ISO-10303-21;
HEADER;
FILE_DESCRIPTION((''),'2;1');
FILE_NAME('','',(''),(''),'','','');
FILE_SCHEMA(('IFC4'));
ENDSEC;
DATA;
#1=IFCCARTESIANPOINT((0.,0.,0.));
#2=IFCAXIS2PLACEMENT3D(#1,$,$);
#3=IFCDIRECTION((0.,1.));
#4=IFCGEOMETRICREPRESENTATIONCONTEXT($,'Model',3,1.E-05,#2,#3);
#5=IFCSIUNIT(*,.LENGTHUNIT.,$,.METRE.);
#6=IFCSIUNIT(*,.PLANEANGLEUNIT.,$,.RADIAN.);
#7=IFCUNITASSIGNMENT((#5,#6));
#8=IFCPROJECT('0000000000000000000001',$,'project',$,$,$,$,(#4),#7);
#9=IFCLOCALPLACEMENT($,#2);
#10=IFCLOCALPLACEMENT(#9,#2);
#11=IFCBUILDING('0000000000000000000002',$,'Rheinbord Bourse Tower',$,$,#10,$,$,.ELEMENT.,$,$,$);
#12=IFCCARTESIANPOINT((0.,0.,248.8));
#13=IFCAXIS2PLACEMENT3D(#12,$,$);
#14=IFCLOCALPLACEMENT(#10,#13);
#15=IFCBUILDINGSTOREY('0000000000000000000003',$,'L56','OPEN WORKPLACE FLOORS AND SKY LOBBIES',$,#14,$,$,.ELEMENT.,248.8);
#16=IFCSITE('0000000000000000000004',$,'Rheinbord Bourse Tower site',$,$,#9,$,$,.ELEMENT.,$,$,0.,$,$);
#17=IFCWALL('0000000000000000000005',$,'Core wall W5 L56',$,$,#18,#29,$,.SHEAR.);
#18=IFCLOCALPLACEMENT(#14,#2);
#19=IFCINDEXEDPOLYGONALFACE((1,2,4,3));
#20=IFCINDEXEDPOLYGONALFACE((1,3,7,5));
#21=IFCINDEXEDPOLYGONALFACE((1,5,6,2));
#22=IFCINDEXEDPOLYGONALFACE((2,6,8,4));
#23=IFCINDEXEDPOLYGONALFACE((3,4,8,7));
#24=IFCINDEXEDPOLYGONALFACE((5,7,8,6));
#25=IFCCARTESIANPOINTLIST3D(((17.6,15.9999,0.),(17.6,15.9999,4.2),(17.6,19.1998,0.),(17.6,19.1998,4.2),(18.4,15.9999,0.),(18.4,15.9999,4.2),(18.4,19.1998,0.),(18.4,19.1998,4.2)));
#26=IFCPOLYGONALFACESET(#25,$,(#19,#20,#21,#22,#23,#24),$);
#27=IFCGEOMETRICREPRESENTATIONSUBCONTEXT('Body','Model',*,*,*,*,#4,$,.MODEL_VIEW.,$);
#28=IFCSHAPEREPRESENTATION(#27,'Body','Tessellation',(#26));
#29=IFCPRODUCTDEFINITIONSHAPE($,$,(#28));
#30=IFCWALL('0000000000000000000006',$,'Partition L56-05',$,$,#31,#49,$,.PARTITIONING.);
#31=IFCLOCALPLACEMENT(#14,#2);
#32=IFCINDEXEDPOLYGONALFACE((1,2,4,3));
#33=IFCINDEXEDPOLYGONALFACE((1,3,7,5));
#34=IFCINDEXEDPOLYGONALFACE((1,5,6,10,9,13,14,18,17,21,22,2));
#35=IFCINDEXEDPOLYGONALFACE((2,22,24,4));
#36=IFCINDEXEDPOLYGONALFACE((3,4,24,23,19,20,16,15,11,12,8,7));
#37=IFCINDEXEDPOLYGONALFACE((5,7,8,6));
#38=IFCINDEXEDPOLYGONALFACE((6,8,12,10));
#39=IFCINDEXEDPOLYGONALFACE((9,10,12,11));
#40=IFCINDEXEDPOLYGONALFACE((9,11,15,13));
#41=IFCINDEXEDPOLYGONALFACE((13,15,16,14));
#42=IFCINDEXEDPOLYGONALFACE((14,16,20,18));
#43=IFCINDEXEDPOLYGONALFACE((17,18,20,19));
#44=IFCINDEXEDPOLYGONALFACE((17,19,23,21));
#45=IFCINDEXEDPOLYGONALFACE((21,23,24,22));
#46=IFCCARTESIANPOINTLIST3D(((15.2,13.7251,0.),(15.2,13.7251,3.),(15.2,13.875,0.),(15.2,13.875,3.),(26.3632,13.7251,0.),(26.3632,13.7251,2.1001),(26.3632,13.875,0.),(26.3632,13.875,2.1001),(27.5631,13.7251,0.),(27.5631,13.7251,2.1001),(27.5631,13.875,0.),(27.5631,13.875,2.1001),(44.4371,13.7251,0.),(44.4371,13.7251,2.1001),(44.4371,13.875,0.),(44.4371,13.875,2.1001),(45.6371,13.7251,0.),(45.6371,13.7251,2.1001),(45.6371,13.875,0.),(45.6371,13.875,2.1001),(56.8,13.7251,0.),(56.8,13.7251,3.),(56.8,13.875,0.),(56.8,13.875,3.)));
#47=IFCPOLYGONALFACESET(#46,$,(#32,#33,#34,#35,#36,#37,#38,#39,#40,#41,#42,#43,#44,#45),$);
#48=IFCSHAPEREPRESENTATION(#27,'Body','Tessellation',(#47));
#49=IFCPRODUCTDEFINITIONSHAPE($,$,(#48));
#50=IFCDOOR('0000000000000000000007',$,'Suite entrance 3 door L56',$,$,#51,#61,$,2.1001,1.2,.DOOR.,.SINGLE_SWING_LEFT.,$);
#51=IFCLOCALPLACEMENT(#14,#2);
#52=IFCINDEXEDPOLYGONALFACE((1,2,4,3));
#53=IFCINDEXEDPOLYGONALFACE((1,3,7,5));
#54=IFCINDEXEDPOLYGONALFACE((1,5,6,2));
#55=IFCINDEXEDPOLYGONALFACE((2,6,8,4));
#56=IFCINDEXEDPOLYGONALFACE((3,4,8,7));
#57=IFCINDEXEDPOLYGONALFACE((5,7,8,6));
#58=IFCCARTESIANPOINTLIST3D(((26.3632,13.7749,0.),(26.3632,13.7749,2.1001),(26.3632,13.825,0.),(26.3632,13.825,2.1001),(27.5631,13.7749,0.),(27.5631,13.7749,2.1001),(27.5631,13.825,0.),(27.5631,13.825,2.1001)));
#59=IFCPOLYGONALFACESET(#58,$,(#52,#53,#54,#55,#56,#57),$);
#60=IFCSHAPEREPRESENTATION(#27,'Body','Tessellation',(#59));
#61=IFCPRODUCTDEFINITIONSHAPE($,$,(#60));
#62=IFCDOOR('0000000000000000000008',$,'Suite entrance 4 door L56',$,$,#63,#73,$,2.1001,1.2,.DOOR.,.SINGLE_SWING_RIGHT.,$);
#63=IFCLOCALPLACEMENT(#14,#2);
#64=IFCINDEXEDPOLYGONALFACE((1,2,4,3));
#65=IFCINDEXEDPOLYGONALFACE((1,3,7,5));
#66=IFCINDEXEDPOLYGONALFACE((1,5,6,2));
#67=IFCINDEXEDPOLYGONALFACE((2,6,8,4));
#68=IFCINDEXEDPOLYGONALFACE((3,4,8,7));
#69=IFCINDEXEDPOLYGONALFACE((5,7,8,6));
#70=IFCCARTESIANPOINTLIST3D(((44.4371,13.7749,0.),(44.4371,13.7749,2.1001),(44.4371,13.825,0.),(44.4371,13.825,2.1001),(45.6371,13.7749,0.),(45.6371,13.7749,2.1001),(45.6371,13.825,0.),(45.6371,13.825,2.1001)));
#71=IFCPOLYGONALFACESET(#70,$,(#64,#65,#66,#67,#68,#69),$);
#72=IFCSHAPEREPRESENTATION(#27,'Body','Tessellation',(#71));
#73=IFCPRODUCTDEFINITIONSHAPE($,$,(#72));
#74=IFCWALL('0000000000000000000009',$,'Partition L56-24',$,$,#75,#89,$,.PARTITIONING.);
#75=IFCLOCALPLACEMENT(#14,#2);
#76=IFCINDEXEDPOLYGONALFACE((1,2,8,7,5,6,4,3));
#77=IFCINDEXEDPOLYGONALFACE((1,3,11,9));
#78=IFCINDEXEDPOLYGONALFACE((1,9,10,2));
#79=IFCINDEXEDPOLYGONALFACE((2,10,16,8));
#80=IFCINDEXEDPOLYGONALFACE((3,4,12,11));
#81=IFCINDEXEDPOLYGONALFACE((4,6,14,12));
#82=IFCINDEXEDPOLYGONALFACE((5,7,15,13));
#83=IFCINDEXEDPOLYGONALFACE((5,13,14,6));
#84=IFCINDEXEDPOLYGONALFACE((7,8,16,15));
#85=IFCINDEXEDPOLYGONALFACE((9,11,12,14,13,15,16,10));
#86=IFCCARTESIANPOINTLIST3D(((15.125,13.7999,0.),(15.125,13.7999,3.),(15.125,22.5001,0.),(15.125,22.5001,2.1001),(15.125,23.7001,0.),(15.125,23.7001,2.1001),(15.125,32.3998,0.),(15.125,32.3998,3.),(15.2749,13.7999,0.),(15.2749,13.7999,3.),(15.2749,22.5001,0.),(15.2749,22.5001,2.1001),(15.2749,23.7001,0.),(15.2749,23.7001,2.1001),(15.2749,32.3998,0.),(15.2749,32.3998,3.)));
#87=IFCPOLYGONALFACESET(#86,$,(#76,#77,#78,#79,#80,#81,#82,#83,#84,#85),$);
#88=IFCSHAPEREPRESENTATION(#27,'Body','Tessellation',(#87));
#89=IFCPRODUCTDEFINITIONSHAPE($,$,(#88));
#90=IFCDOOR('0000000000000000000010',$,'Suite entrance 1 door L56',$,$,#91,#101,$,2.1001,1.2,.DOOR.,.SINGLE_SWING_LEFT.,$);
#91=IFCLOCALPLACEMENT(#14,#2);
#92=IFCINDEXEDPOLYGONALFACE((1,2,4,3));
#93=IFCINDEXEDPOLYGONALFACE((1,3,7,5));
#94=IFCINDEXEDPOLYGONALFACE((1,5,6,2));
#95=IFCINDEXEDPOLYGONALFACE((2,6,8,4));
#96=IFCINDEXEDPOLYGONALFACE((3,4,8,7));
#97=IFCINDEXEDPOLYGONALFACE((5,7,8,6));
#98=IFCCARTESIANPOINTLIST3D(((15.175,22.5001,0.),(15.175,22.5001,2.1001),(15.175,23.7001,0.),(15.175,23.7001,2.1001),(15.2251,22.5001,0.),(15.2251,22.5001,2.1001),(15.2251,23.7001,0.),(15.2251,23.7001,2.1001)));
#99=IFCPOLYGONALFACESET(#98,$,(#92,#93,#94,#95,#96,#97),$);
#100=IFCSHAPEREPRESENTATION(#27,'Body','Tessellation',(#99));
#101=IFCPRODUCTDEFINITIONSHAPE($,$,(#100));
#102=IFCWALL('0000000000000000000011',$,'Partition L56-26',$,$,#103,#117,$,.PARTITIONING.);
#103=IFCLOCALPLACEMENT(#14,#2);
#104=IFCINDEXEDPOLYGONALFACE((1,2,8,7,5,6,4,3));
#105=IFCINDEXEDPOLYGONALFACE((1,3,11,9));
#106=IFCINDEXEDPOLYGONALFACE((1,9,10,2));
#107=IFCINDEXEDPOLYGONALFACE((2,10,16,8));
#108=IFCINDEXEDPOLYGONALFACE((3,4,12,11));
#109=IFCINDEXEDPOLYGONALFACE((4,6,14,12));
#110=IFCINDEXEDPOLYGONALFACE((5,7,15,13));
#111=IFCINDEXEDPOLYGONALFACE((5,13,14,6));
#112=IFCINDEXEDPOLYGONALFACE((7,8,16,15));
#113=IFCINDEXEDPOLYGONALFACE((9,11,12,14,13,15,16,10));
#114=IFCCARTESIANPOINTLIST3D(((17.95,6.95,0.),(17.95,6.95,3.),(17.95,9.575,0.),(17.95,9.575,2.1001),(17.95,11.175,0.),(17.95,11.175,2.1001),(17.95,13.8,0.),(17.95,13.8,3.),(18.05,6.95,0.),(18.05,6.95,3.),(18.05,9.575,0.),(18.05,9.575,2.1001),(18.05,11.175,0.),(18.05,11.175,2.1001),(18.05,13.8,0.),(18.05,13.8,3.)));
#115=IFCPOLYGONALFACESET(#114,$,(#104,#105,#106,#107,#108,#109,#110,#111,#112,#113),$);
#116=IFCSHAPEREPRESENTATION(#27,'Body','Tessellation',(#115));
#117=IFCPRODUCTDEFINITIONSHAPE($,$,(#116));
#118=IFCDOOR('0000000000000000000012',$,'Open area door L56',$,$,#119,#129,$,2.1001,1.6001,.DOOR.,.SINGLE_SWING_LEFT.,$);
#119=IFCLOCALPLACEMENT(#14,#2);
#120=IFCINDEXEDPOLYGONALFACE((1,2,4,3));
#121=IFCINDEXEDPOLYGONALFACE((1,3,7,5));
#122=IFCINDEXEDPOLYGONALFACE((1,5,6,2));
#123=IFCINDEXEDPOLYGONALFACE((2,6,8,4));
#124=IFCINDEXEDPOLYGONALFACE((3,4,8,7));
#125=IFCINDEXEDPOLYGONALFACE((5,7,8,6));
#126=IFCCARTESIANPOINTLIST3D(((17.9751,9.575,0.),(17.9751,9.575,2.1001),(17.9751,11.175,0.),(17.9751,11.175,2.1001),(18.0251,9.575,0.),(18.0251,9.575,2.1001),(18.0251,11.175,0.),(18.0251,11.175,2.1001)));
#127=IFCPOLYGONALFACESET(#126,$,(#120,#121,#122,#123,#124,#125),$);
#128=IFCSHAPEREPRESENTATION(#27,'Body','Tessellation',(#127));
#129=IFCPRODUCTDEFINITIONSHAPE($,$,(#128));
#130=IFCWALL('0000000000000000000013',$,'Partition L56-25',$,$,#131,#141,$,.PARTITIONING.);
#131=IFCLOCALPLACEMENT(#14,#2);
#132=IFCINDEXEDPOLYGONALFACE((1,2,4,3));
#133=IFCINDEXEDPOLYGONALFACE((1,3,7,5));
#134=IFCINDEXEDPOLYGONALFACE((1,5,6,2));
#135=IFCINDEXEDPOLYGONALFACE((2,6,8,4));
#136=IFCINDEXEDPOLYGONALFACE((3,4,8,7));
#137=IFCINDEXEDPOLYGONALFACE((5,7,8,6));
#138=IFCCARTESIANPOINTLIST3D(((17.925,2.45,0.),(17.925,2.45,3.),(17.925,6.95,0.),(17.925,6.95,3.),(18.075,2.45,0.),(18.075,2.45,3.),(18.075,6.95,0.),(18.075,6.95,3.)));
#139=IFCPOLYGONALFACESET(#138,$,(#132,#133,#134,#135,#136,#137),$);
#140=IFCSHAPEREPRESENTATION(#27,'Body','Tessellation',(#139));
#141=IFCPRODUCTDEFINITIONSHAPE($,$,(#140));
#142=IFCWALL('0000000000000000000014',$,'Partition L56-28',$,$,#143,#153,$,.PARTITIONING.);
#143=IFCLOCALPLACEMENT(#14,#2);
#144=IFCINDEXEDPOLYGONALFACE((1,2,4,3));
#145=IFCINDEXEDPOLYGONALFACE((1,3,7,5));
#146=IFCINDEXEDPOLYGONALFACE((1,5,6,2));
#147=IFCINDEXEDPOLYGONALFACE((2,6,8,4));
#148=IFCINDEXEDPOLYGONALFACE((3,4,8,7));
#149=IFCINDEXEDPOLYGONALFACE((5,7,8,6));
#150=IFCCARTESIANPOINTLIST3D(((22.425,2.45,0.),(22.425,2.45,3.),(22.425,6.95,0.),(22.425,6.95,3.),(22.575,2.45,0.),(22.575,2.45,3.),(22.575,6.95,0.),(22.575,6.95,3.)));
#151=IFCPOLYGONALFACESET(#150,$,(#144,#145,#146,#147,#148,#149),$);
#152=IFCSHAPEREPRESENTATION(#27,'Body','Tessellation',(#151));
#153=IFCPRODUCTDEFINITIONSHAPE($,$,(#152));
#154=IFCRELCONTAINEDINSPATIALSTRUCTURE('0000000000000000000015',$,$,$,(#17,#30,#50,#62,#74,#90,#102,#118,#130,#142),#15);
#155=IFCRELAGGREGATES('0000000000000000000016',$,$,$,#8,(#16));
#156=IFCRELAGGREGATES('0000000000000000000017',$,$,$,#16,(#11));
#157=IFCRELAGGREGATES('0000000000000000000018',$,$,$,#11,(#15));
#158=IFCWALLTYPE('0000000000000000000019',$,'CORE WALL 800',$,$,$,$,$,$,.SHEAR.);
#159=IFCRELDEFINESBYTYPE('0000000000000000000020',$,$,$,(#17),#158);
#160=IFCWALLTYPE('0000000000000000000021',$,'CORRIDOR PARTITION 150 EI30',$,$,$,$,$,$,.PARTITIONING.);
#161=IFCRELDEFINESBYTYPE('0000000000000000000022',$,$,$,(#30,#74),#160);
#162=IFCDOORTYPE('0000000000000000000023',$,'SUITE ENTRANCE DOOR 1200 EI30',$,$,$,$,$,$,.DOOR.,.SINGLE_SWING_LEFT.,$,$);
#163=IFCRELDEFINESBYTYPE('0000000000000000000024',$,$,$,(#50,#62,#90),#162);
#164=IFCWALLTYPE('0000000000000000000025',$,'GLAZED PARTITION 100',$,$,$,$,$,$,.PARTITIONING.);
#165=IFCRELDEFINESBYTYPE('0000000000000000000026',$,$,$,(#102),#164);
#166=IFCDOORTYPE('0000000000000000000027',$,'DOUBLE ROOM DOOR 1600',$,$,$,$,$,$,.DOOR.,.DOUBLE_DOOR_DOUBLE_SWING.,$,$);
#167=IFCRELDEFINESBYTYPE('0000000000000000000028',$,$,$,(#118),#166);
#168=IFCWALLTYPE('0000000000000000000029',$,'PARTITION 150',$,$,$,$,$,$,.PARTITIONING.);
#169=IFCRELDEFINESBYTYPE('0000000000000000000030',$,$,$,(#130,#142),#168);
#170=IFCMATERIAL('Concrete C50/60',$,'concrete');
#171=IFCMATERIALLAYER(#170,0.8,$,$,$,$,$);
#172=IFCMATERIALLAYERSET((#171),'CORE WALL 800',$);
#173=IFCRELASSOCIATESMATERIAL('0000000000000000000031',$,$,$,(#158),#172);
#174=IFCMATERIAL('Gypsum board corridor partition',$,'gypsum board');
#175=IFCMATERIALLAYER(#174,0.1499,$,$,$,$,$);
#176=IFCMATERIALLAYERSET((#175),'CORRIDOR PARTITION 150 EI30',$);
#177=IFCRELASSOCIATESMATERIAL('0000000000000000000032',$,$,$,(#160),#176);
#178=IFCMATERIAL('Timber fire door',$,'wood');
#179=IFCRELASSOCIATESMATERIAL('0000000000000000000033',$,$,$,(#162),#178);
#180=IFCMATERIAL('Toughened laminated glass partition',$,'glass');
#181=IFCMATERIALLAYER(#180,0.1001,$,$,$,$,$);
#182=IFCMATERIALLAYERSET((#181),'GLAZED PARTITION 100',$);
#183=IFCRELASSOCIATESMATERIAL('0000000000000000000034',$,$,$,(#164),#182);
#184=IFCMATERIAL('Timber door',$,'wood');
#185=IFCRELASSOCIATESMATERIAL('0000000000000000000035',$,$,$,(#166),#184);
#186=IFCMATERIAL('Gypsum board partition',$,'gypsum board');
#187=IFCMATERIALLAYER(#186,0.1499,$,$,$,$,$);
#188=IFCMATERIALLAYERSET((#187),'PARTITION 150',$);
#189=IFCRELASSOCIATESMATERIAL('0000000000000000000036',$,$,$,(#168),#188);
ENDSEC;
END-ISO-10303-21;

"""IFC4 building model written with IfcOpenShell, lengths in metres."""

from ifc_helpers import new_model, si_unit, direction, frame, frame_2d, origin, place, context, subcontext, project, spatial, rectangle, extrude, material, layer, layer_set, type_object, element, fill, save


model = new_model("IFC4")

# Units and contexts
model_context = context("Model", 3, precision=1e-05, world=origin(), true_north=direction((0.0, 1.0)))
body_context = subcontext(model_context, "Body", "Model", "MODEL_VIEW")
ifc_project = project(units=[si_unit("LENGTHUNIT", "METRE"), si_unit("PLANEANGLEUNIT", "RADIAN")], contexts=[model_context])

# Site, building, storey
site_placement = place(None, origin())
site = spatial("IfcSite", under=ifc_project, at=site_placement, Name="Rheinbord Bourse Tower site", CompositionType="ELEMENT", RefElevation=0.0)
building_placement = place(site_placement, origin())
building = spatial("IfcBuilding", under=site, at=building_placement, Name="Rheinbord Bourse Tower", CompositionType="ELEMENT")
storey_placement = place(building_placement, frame((0.0, 0.0, 248.8)))
storey = spatial("IfcBuildingStorey", under=building, at=storey_placement, Name="L56", Description="OPEN WORKPLACE FLOORS AND SKY LOBBIES", CompositionType="ELEMENT", Elevation=248.8)

# Shared definitions
ifc_material_1 = material(Name="Concrete C50/60", Category="concrete")
ifc_layer_1 = layer(ifc_material_1, 0.8)
ifc_layer_set_1 = layer_set([ifc_layer_1], Name="CORE WALL 800")
wall_type_1 = type_object("IfcWallType", Name="CORE WALL 800", PredefinedType="SHEAR", material=ifc_layer_set_1)

# Wall
wall_1_placement = place(storey_placement, frame((18.0, 19.2, 0.0), z_axis=(0.0, 0.0, 1.0), x_axis=(0.0, -1.0, 0.0)))
element("IfcWall", 1, at=wall_1_placement, inside=storey, type_object=wall_type_1, Name="Core wall W5 L56", PredefinedType="SHEAR", context=body_context, shape_type="SweptSolid", body=[
    extrude(rectangle(XDim=3.2, YDim=0.8, at=frame_2d((1.6001, 0.0))), origin(), (0.0, 0.0, 1.0), 4.2),
])

# Wall, openings, doors
ifc_material_2 = material(Name="Gypsum board corridor partition", Category="gypsum board")
ifc_layer_2 = layer(ifc_material_2, 0.1499)
ifc_layer_set_2 = layer_set([ifc_layer_2], Name="CORRIDOR PARTITION 150 EI30")
wall_type_2 = type_object("IfcWallType", Name="CORRIDOR PARTITION 150 EI30", PredefinedType="PARTITIONING", material=ifc_layer_set_2)
wall_2_placement = place(storey_placement, frame((15.2, 13.8, 0.0), z_axis=(0.0, 0.0, 1.0), x_axis=(1.0, 0.0, 0.0)))
wall_2 = element("IfcWall", 2, at=wall_2_placement, inside=storey, type_object=wall_type_2, Name="Partition L56-05", PredefinedType="PARTITIONING", context=body_context, shape_type="SweptSolid", body=[
    extrude(rectangle(XDim=41.6001, YDim=0.1499, at=frame_2d((20.8, 0.0))), origin(), (0.0, 0.0, 1.0), 3.0),
])
opening_1_placement = place(wall_2_placement, frame((11.1631, 0.0, 0.0)))
opening_1 = element("IfcOpeningElement", 3, at=opening_1_placement, cuts=wall_2, PredefinedType="OPENING", context=body_context, shape_type="SweptSolid", body=[
    extrude(rectangle(XDim=1.2, YDim=2.1001, at=frame_2d((0.6001, 1.05))), frame((0.0, 0.085, 0.0), z_axis=(0.0, -1.0, 0.0), x_axis=(1.0, 0.0, 0.0)), (0.0, 0.0, 1.0), 0.1699),
])
opening_2_placement = place(wall_2_placement, frame((29.2371, 0.0, 0.0)))
opening_2 = element("IfcOpeningElement", 4, at=opening_2_placement, cuts=wall_2, PredefinedType="OPENING", context=body_context, shape_type="SweptSolid", body=[
    extrude(rectangle(XDim=1.2, YDim=2.1001, at=frame_2d((0.6001, 1.05))), frame((0.0, 0.085, 0.0), z_axis=(0.0, -1.0, 0.0), x_axis=(1.0, 0.0, 0.0)), (0.0, 0.0, 1.0), 0.1699),
])
ifc_material_3 = material(Name="Timber fire door", Category="wood")
door_type_1 = type_object("IfcDoorType", Name="SUITE ENTRANCE DOOR 1200 EI30", OperationType="SINGLE_SWING_LEFT", PredefinedType="DOOR", material=ifc_material_3)
door_1_placement = place(opening_1_placement, origin())
door_1 = element("IfcDoor", 5, at=door_1_placement, inside=storey, type_object=door_type_1, Name="Suite entrance 3 door L56", OperationType="SINGLE_SWING_LEFT", OverallHeight=2.1001, OverallWidth=1.2, PredefinedType="DOOR", context=body_context, shape_type="SweptSolid", body=[
    extrude(rectangle(XDim=1.2, YDim=2.1001, at=frame_2d((0.6001, 1.05))), frame((0.0, 0.0249, 0.0), z_axis=(0.0, -1.0, 0.0), x_axis=(1.0, 0.0, 0.0)), (0.0, 0.0, 1.0), 0.05),
])
fill(opening_1, door_1)
door_2_placement = place(opening_2_placement, origin())
door_2 = element("IfcDoor", 6, at=door_2_placement, inside=storey, type_object=door_type_1, Name="Suite entrance 4 door L56", OperationType="SINGLE_SWING_RIGHT", OverallHeight=2.1001, OverallWidth=1.2, PredefinedType="DOOR", context=body_context, shape_type="SweptSolid", body=[
    extrude(rectangle(XDim=1.2, YDim=2.1001, at=frame_2d((0.6001, 1.05))), frame((0.0, 0.0249, 0.0), z_axis=(0.0, -1.0, 0.0), x_axis=(1.0, 0.0, 0.0)), (0.0, 0.0, 1.0), 0.05),
])
fill(opening_2, door_2)

# Walls, openings, doors
wall_3_placement = place(storey_placement, frame((15.2, 13.8, 0.0), z_axis=(0.0, 0.0, 1.0), x_axis=(0.0, 1.0, 0.0)))
wall_3 = element("IfcWall", 7, at=wall_3_placement, inside=storey, type_object=wall_type_2, Name="Partition L56-24", PredefinedType="PARTITIONING", context=body_context, shape_type="SweptSolid", body=[
    extrude(rectangle(XDim=18.5999, YDim=0.1499, at=frame_2d((9.2998, 0.0))), origin(), (0.0, 0.0, 1.0), 3.0),
])
opening_3_placement = place(wall_3_placement, frame((8.7, 0.0, 0.0)))
opening_3 = element("IfcOpeningElement", 8, at=opening_3_placement, cuts=wall_3, PredefinedType="OPENING", context=body_context, shape_type="SweptSolid", body=[
    extrude(rectangle(XDim=1.2, YDim=2.1001, at=frame_2d((0.6001, 1.05))), frame((0.0, 0.085, 0.0), z_axis=(0.0, -1.0, 0.0), x_axis=(1.0, 0.0, 0.0)), (0.0, 0.0, 1.0), 0.1699),
])
door_3_placement = place(opening_3_placement, origin())
door_3 = element("IfcDoor", 9, at=door_3_placement, inside=storey, type_object=door_type_1, Name="Suite entrance 1 door L56", OperationType="SINGLE_SWING_LEFT", OverallHeight=2.1001, OverallWidth=1.2, PredefinedType="DOOR", context=body_context, shape_type="SweptSolid", body=[
    extrude(rectangle(XDim=1.2, YDim=2.1001, at=frame_2d((0.6001, 1.05))), frame((0.0, 0.0249, 0.0), z_axis=(0.0, -1.0, 0.0), x_axis=(1.0, 0.0, 0.0)), (0.0, 0.0, 1.0), 0.05),
])
fill(opening_3, door_3)
ifc_material_4 = material(Name="Toughened laminated glass partition", Category="glass")
ifc_layer_3 = layer(ifc_material_4, 0.1001)
ifc_layer_set_3 = layer_set([ifc_layer_3], Name="GLAZED PARTITION 100")
wall_type_3 = type_object("IfcWallType", Name="GLAZED PARTITION 100", PredefinedType="PARTITIONING", material=ifc_layer_set_3)
wall_4_placement = place(storey_placement, frame((18.0, 6.95, 0.0), z_axis=(0.0, 0.0, 1.0), x_axis=(0.0, 1.0, 0.0)))
wall_4 = element("IfcWall", 10, at=wall_4_placement, inside=storey, type_object=wall_type_3, Name="Partition L56-26", PredefinedType="PARTITIONING", context=body_context, shape_type="SweptSolid", body=[
    extrude(rectangle(XDim=6.8501, YDim=0.1001, at=frame_2d((3.425, 0.0))), origin(), (0.0, 0.0, 1.0), 3.0),
])
opening_4_placement = place(wall_4_placement, frame((2.625, 0.0, 0.0)))
opening_4 = element("IfcOpeningElement", 11, at=opening_4_placement, cuts=wall_4, PredefinedType="OPENING", context=body_context, shape_type="SweptSolid", body=[
    extrude(rectangle(XDim=1.6001, YDim=2.1001, at=frame_2d((0.8, 1.05))), frame((0.0, 0.0601, 0.0), z_axis=(0.0, -1.0, 0.0), x_axis=(1.0, 0.0, 0.0)), (0.0, 0.0, 1.0), 0.1201),
])
ifc_material_5 = material(Name="Timber door", Category="wood")
door_type_2 = type_object("IfcDoorType", Name="DOUBLE ROOM DOOR 1600", OperationType="DOUBLE_DOOR_DOUBLE_SWING", PredefinedType="DOOR", material=ifc_material_5)
door_4_placement = place(opening_4_placement, origin())
door_4 = element("IfcDoor", 12, at=door_4_placement, inside=storey, type_object=door_type_2, Name="Open area door L56", OperationType="SINGLE_SWING_LEFT", OverallHeight=2.1001, OverallWidth=1.6001, PredefinedType="DOOR", context=body_context, shape_type="SweptSolid", body=[
    extrude(rectangle(XDim=1.6001, YDim=2.1001, at=frame_2d((0.8, 1.05))), frame((0.0, 0.0249, 0.0), z_axis=(0.0, -1.0, 0.0), x_axis=(1.0, 0.0, 0.0)), (0.0, 0.0, 1.0), 0.05),
])
fill(opening_4, door_4)

# Walls
ifc_material_6 = material(Name="Gypsum board partition", Category="gypsum board")
ifc_layer_4 = layer(ifc_material_6, 0.1499)
ifc_layer_set_4 = layer_set([ifc_layer_4], Name="PARTITION 150")
wall_type_4 = type_object("IfcWallType", Name="PARTITION 150", PredefinedType="PARTITIONING", material=ifc_layer_set_4)
for number, where, z_axis, x_axis, name in (
    (13, (18.0, 2.45, 0.0), (0.0, 0.0, 1.0), (0.0, 1.0, 0.0), "Partition L56-25"),
    (14, (22.5, 2.45, 0.0), (0.0, 0.0, 1.0), (0.0, 1.0, 0.0), "Partition L56-28"),
):
    element("IfcWall", number, at=place(storey_placement, frame(where, z_axis=z_axis, x_axis=x_axis)), inside=storey, type_object=wall_type_4, Name=name, PredefinedType="PARTITIONING", context=body_context, shape_type="SweptSolid", body=[
        extrude(rectangle(XDim=4.5, YDim=0.1499, at=frame_2d((2.25, 0.0))), origin(), (0.0, 0.0, 1.0), 3.0),
    ])

save(model, "model.ifc")
